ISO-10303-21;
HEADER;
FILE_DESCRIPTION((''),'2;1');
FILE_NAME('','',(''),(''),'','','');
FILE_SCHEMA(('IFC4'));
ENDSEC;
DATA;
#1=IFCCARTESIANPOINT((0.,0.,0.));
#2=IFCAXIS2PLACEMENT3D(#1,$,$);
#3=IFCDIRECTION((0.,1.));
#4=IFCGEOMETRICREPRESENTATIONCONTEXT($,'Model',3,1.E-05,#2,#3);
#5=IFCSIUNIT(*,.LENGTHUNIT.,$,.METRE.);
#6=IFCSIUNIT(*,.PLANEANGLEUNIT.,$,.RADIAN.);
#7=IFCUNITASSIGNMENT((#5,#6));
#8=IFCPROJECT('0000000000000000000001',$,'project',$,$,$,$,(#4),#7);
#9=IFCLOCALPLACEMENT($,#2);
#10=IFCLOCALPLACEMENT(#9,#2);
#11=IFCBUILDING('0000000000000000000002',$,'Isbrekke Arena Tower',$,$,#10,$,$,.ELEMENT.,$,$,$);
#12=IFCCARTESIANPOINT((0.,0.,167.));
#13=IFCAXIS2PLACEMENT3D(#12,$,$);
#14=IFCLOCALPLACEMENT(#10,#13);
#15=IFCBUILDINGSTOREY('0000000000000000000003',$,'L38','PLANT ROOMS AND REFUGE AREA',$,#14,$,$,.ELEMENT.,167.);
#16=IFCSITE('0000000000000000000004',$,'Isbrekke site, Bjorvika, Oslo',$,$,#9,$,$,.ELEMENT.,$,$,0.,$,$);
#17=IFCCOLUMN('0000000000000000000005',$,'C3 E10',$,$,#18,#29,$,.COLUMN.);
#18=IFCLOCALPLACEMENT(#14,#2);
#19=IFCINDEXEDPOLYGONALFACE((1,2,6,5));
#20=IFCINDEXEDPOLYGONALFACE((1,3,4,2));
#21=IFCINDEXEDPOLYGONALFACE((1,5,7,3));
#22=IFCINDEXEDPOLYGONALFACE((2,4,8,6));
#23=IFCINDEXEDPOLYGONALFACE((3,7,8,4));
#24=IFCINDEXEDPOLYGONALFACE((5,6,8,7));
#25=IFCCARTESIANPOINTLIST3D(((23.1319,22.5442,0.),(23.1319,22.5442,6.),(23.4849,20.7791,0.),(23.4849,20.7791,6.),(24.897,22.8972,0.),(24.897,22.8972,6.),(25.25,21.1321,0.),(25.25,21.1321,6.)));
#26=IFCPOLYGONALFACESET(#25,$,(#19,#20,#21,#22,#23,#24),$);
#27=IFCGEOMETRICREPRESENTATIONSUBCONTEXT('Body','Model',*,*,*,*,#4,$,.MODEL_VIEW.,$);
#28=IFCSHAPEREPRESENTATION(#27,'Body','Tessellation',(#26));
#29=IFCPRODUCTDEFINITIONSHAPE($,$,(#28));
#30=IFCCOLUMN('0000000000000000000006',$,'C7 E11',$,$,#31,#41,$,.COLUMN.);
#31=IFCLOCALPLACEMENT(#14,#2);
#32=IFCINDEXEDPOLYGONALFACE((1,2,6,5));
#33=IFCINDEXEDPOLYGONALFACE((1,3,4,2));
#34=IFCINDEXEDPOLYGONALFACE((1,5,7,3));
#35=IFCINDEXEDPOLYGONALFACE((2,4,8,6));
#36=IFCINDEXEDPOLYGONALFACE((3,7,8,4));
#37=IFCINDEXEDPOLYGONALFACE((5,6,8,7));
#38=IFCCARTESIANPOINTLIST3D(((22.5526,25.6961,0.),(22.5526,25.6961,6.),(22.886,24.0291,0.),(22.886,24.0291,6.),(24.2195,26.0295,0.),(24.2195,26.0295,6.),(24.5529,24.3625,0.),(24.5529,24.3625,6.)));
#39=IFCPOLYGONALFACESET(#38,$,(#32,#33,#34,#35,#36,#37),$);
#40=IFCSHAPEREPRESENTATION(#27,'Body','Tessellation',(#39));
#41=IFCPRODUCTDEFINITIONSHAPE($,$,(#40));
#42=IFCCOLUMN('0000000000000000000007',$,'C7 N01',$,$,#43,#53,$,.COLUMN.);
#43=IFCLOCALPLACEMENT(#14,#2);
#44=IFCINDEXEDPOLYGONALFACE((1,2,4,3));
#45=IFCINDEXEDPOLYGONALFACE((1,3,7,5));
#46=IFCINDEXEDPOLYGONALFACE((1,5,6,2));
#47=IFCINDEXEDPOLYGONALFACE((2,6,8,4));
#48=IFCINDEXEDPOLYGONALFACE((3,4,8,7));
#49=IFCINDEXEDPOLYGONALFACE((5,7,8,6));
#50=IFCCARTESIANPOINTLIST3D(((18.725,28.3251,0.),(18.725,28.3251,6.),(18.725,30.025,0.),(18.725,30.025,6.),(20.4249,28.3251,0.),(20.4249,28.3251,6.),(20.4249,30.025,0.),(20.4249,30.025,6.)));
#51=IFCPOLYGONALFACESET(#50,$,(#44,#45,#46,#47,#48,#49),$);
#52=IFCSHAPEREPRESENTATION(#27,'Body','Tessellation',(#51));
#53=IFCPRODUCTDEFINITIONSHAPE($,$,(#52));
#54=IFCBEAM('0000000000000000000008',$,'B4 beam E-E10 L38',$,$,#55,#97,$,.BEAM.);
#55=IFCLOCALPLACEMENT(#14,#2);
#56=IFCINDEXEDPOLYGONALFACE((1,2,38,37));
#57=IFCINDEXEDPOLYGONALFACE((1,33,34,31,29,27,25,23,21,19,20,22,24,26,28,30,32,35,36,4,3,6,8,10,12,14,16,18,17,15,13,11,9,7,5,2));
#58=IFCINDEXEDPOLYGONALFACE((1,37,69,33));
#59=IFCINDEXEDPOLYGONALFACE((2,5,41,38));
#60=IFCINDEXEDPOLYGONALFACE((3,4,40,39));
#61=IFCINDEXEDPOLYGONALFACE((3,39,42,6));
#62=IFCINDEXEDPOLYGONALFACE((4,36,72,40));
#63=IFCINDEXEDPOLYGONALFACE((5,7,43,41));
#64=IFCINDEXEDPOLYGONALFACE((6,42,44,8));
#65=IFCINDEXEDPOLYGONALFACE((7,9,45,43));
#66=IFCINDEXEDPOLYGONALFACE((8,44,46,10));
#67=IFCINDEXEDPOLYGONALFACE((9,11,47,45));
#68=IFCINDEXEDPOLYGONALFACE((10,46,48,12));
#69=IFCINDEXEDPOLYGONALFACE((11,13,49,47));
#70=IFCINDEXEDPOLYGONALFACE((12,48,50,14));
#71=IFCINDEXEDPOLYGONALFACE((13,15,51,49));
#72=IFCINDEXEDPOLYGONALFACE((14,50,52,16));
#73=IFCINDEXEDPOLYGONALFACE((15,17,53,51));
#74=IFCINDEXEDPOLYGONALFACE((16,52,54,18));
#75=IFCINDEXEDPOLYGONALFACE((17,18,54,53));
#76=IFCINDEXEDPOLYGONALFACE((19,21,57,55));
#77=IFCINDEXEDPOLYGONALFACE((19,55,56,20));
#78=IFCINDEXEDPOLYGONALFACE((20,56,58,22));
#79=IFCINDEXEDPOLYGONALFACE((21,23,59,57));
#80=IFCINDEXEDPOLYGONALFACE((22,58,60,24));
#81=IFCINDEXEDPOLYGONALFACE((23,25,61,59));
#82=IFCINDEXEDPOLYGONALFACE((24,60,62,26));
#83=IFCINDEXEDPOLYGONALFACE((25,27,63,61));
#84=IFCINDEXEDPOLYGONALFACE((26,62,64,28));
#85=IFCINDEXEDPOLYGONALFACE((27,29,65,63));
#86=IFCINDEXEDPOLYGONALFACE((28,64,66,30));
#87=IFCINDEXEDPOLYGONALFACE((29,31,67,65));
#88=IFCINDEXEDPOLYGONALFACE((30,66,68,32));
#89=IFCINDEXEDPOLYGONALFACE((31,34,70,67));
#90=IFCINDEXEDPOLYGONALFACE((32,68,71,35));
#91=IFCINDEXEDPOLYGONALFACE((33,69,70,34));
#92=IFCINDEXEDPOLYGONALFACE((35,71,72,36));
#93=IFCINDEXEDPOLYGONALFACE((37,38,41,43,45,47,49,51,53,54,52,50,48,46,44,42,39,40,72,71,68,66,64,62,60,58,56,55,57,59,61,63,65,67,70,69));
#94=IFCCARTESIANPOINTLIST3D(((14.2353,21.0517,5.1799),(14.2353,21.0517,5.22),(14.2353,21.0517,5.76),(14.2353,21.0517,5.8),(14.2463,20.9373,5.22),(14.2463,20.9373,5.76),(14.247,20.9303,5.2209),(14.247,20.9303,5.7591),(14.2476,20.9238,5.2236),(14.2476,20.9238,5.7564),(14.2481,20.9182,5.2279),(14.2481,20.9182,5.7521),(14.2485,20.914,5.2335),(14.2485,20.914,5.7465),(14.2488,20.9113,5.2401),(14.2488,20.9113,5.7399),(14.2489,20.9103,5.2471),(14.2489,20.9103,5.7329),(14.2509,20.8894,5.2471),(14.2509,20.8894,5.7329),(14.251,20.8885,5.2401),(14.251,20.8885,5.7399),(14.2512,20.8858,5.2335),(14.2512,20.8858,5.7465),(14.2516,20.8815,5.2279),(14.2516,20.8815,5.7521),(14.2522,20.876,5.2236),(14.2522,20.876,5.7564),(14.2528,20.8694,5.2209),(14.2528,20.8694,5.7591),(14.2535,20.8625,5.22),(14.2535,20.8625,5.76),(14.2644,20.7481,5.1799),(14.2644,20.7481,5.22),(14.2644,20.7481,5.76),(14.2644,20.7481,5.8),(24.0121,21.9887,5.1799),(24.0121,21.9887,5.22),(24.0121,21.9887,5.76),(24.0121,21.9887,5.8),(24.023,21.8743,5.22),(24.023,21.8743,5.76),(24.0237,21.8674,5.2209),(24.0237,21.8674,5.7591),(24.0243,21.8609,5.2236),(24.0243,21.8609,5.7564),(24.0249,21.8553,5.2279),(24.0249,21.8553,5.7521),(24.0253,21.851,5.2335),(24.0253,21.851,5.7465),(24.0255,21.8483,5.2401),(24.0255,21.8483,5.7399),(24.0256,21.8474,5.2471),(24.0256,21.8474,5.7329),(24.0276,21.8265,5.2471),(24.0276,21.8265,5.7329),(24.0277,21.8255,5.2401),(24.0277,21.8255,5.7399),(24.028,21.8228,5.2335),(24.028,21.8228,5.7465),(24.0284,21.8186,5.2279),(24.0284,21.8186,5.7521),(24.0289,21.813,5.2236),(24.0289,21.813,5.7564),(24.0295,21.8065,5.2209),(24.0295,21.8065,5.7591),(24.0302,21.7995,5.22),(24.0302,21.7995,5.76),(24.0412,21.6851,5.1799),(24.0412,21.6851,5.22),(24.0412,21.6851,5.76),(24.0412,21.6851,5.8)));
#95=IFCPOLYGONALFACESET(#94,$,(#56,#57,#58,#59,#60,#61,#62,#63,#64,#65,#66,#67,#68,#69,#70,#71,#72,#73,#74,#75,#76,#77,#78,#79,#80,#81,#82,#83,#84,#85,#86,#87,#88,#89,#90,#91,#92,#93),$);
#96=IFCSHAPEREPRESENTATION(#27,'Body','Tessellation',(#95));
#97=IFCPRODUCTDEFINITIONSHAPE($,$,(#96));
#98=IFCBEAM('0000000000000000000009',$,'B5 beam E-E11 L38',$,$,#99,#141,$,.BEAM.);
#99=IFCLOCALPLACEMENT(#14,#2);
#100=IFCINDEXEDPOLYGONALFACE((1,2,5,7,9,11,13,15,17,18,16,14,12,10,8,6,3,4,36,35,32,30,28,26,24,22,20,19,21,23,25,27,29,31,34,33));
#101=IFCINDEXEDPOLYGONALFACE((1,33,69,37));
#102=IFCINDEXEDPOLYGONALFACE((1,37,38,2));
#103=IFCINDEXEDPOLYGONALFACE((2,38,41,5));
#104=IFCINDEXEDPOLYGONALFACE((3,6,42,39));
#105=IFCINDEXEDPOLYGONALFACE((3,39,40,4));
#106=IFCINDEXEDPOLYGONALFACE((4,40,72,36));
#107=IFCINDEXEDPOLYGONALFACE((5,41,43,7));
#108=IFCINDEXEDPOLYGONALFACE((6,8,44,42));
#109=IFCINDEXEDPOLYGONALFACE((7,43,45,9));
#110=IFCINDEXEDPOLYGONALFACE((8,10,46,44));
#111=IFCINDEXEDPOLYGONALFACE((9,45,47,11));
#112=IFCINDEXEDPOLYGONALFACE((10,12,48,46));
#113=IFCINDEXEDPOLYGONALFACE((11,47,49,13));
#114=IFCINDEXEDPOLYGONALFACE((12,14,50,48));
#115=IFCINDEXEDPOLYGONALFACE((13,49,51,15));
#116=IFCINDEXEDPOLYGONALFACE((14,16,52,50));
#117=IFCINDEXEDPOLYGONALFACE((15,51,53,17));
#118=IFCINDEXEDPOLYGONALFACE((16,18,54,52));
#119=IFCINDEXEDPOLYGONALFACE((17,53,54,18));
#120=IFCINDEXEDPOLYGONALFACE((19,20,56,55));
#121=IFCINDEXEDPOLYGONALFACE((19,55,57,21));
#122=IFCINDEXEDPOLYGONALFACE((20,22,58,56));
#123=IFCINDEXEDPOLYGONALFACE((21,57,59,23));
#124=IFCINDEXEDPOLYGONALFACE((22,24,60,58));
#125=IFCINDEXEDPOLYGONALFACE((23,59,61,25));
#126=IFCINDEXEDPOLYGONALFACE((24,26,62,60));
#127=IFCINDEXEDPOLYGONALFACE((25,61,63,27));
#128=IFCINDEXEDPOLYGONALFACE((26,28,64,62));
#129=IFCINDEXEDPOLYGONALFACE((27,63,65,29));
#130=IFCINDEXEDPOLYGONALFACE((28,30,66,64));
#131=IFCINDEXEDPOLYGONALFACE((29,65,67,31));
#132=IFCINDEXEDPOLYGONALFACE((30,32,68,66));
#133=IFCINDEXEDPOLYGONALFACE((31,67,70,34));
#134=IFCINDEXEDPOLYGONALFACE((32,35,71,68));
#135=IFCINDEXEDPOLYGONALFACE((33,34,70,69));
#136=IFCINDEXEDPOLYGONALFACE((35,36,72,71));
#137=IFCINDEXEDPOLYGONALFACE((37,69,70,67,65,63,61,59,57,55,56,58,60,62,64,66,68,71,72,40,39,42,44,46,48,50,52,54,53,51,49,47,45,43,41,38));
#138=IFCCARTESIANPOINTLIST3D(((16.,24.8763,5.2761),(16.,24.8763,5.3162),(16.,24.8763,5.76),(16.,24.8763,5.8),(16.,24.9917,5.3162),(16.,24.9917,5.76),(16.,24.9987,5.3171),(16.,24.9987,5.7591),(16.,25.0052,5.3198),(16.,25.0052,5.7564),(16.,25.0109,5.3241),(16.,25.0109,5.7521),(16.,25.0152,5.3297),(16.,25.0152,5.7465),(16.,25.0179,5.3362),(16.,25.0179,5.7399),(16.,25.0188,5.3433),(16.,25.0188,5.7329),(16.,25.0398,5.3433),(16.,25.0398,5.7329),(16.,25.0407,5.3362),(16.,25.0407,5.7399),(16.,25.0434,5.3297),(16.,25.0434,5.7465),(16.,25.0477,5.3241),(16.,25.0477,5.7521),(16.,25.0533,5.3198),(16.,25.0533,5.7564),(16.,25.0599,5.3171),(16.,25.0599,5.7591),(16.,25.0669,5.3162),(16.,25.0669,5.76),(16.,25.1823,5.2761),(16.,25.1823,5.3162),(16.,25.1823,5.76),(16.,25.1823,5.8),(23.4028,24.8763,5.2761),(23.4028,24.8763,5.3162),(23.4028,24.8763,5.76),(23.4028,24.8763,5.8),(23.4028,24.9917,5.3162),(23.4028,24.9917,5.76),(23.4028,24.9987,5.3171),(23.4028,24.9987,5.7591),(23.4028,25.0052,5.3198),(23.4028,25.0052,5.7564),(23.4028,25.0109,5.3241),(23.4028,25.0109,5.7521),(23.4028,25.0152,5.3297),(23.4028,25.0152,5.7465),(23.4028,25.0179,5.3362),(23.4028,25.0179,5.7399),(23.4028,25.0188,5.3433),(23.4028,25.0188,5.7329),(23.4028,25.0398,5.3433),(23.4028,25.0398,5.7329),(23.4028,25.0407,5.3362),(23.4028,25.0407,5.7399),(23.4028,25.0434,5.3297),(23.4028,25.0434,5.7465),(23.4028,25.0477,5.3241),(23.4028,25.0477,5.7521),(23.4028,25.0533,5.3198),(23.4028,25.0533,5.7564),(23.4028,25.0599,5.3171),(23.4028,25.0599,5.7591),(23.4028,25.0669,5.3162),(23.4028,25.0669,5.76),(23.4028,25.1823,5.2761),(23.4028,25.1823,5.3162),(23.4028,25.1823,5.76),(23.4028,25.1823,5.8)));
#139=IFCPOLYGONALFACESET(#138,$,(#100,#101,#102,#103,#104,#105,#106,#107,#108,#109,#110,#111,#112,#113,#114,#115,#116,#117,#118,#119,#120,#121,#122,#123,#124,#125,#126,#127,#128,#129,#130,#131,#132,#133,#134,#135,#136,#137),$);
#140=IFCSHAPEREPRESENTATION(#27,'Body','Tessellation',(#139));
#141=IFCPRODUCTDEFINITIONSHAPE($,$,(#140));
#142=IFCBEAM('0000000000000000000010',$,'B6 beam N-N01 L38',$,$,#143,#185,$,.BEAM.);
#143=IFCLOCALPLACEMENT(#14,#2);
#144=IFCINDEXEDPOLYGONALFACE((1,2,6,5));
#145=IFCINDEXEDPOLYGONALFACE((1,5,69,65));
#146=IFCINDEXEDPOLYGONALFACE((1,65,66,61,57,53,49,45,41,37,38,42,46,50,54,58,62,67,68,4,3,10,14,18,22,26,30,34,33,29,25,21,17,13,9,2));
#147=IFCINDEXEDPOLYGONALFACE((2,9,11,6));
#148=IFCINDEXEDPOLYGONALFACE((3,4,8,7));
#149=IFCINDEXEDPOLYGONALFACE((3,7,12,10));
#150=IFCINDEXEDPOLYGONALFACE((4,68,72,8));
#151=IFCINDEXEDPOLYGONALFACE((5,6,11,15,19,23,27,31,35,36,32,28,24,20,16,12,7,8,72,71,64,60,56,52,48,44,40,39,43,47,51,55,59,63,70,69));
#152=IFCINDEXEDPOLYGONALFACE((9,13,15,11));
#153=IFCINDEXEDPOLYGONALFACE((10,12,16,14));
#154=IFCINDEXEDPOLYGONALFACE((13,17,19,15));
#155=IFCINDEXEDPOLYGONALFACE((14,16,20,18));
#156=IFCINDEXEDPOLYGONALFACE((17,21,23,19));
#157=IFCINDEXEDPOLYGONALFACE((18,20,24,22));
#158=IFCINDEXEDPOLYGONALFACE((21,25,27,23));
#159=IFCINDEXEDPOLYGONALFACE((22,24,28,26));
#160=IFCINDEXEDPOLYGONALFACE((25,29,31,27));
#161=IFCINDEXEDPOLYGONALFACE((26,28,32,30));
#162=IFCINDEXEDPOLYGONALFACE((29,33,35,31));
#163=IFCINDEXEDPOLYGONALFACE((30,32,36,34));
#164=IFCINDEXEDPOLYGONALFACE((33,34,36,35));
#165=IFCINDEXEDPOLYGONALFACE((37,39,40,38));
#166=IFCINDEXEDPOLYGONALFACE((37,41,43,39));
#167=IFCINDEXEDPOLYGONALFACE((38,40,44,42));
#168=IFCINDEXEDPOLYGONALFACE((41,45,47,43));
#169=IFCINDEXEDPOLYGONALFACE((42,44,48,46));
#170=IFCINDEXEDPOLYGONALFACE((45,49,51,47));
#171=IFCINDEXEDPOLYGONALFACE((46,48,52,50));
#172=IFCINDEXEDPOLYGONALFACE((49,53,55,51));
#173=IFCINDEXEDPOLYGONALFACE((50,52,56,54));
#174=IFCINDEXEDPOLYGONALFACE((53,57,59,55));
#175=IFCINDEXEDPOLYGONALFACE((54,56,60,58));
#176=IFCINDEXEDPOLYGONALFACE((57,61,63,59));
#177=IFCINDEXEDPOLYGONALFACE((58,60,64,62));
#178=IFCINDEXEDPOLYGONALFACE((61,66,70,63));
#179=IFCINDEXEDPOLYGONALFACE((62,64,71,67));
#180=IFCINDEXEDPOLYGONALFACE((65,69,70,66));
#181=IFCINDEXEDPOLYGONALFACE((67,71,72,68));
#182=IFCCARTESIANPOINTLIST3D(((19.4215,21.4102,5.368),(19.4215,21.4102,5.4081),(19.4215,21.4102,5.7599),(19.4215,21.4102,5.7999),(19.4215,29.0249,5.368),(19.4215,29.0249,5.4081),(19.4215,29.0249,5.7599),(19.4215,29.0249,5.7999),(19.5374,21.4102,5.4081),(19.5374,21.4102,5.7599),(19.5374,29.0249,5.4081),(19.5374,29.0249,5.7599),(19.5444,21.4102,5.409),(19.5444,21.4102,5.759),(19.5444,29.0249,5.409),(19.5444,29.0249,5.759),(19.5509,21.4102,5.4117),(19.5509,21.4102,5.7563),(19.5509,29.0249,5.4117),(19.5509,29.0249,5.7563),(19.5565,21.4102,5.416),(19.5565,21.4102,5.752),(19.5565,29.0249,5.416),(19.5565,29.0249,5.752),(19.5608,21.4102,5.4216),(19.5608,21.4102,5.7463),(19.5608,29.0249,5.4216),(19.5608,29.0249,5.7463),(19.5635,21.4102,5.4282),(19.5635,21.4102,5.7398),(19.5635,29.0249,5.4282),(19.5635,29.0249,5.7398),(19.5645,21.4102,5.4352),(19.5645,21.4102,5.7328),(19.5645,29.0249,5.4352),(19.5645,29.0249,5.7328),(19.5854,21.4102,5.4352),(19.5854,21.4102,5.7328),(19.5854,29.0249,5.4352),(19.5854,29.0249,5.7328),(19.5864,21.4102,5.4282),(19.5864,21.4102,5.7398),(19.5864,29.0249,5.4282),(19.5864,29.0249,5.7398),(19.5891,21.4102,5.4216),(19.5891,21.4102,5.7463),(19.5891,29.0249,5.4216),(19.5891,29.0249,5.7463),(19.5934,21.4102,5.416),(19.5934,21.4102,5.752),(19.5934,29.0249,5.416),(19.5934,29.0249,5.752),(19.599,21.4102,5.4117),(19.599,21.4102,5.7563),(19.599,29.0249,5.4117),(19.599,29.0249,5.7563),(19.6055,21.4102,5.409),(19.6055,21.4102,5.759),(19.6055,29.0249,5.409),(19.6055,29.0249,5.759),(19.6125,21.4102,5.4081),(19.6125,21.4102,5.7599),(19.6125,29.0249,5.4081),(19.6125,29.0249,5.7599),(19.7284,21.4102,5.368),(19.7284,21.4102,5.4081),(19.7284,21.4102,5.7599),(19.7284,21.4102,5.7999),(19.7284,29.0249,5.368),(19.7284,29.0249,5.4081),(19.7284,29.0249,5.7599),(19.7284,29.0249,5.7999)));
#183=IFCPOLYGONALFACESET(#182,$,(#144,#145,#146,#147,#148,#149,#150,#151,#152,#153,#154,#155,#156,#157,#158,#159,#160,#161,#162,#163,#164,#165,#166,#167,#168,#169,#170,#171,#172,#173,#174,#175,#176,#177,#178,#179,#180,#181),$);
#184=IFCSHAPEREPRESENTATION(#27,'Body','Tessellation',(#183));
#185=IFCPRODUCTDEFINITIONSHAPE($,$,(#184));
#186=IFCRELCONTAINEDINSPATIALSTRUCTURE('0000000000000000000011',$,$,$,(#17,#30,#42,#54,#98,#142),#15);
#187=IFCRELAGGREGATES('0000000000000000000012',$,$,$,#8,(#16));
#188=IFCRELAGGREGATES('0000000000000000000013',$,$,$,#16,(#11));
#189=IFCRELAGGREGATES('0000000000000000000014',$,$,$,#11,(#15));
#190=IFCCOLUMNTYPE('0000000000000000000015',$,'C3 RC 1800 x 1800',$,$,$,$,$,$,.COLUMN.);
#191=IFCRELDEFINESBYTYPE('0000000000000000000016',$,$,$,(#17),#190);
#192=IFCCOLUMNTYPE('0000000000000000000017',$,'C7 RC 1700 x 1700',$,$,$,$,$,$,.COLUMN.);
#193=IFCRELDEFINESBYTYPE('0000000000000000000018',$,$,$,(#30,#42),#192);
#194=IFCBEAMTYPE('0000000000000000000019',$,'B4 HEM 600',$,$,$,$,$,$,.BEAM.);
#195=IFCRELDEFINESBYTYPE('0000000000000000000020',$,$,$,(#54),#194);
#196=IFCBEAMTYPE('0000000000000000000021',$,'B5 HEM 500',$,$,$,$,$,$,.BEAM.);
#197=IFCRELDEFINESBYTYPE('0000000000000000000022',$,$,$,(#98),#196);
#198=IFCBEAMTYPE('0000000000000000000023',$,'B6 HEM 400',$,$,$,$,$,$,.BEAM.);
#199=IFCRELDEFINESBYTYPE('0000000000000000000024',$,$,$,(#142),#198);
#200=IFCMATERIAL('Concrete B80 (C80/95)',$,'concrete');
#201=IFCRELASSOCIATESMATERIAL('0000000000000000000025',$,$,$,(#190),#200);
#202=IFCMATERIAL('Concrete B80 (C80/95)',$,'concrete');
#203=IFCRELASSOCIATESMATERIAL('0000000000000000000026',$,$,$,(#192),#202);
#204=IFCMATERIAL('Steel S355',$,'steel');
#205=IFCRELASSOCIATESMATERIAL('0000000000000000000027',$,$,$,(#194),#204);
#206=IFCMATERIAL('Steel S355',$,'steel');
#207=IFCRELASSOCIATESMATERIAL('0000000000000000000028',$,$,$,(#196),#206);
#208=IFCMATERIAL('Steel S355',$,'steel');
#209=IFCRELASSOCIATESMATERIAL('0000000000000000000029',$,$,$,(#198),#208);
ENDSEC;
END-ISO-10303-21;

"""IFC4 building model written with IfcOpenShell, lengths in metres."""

from ifc_helpers import new_model, si_unit, direction, frame, origin, origin_2d, place, context, subcontext, project, spatial, rectangle, i_section, extrude, material, material_profile, profile_set, type_object, element, save


model = new_model("IFC4")

# Units and contexts
model_context = context("Model", 3, precision=1e-05, world=origin(), true_north=direction((0.0, 1.0)))
body_context = subcontext(model_context, "Body", "Model", "MODEL_VIEW")
ifc_project = project(units=[si_unit("LENGTHUNIT", "METRE"), si_unit("PLANEANGLEUNIT", "RADIAN")], contexts=[model_context])

# Site, building, storey
site_placement = place(None, origin())
site = spatial("IfcSite", under=ifc_project, at=site_placement, Name="Isbrekke site, Bjorvika, Oslo", CompositionType="ELEMENT", RefElevation=0.0)
building_placement = place(site_placement, origin())
building = spatial("IfcBuilding", under=site, at=building_placement, Name="Isbrekke Arena Tower", CompositionType="ELEMENT")
storey_placement = place(building_placement, frame((0.0, 0.0, 167.0)))
storey = spatial("IfcBuildingStorey", under=building, at=storey_placement, Name="L38", Description="PLANT ROOMS AND REFUGE AREA", CompositionType="ELEMENT", Elevation=167.0)

# Columns
ifc_material_1 = material(Name="Concrete B80 (C80/95)", Category="concrete")
ifc_material_profile_1 = material_profile(ifc_material_1, rectangle(XDim=1.8, YDim=1.8, at=origin_2d()), Name="RC 1800x1800")
ifc_profile_set_1 = profile_set([ifc_material_profile_1], Name="Concrete B80 (C80/95)")
column_type_1 = type_object("IfcColumnType", Name="C3 RC 1800 x 1800", PredefinedType="COLUMN", material=ifc_profile_set_1)
column_placement = place(storey_placement, frame((24.1909, 21.8381, 0.0), z_axis=(0.0, 0.0, 1.0), x_axis=(-0.196116, 0.980581, 0.0)))
element("IfcColumn", 1, at=column_placement, inside=storey, type_object=column_type_1, Name="C3 E10", PredefinedType="COLUMN", context=body_context, shape_type="SweptSolid", body=[
    extrude(rectangle(XDim=1.8, YDim=1.8, at=origin_2d()), origin(), (0.0, 0.0, 1.0), 6.0),
])
ifc_material_2 = material(Name="Concrete B80 (C80/95)", Category="concrete")
ifc_material_profile_2 = material_profile(ifc_material_2, rectangle(XDim=1.7, YDim=1.7, at=origin_2d()), Name="RC 1700x1700")
ifc_profile_set_2 = profile_set([ifc_material_profile_2], Name="Concrete B80 (C80/95)")
column_type_2 = type_object("IfcColumnType", Name="C7 RC 1700 x 1700", PredefinedType="COLUMN", material=ifc_profile_set_2)
for number, where, z_axis, x_axis, name in (
    (2, (23.5527, 25.0293, 0.0), (0.0, 0.0, 1.0), (-0.196116, 0.980581, 0.0), "C7 E11"),
    (3, (19.575, 29.175, 0.0), (0.0, 0.0, 1.0), (-1.0, 0.0, 0.0), "C7 N01"),
):
    element("IfcColumn", number, at=place(storey_placement, frame(where, z_axis=z_axis, x_axis=x_axis)), inside=storey, type_object=column_type_2, Name=name, PredefinedType="COLUMN", context=body_context, shape_type="SweptSolid", body=[
        extrude(rectangle(XDim=1.7, YDim=1.7, at=origin_2d()), origin(), (0.0, 0.0, 1.0), 6.0),
    ])

# Beams
ifc_material_3 = material(Name="Steel S355", Category="steel")
ifc_material_profile_3 = material_profile(ifc_material_3, i_section(OverallWidth=0.3049, OverallDepth=0.6201, WebThickness=0.021, FlangeThickness=0.04, FilletRadius=0.0271, at=origin_2d()), Name="HEM 600")
ifc_profile_set_3 = profile_set([ifc_material_profile_3], Name="Steel S355")
beam_type_1 = type_object("IfcBeamType", Name="B4 HEM 600", PredefinedType="BEAM", material=ifc_profile_set_3)
beam_1_placement = place(storey_placement, frame((24.0266, 21.8369, 5.49), z_axis=(-0.995439, -0.095405, 0.0), x_axis=(0.095405, -0.995439, 0.0)))
element("IfcBeam", 4, at=beam_1_placement, inside=storey, type_object=beam_type_1, Name="B4 beam E-E10 L38", PredefinedType="BEAM", context=body_context, shape_type="SweptSolid", body=[
    extrude(i_section(OverallWidth=0.3049, OverallDepth=0.6201, WebThickness=0.021, FlangeThickness=0.04, FilletRadius=0.0271, at=origin_2d()), origin(), (0.0, 0.0, 1.0), 9.8215),
])
ifc_material_4 = material(Name="Steel S355", Category="steel")
ifc_material_profile_4 = material_profile(ifc_material_4, i_section(OverallWidth=0.3059, OverallDepth=0.5239, WebThickness=0.021, FlangeThickness=0.04, FilletRadius=0.0271, at=origin_2d()), Name="HEM 500")
ifc_profile_set_4 = profile_set([ifc_material_profile_4], Name="Steel S355")
beam_type_2 = type_object("IfcBeamType", Name="B5 HEM 500", PredefinedType="BEAM", material=ifc_profile_set_4)
beam_2_placement = place(storey_placement, frame((23.4028, 25.0293, 5.5381), z_axis=(-1.0, 0.0, 0.0), x_axis=(0.0, -1.0, 0.0)))
element("IfcBeam", 5, at=beam_2_placement, inside=storey, type_object=beam_type_2, Name="B5 beam E-E11 L38", PredefinedType="BEAM", context=body_context, shape_type="SweptSolid", body=[
    extrude(i_section(OverallWidth=0.3059, OverallDepth=0.5239, WebThickness=0.021, FlangeThickness=0.04, FilletRadius=0.0271, at=origin_2d()), origin(), (0.0, 0.0, 1.0), 7.4028),
])
ifc_material_5 = material(Name="Steel S355", Category="steel")
ifc_material_profile_5 = material_profile(ifc_material_5, i_section(OverallWidth=0.3069, OverallDepth=0.4319, WebThickness=0.021, FlangeThickness=0.04, FilletRadius=0.0271, at=origin_2d()), Name="HEM 400")
ifc_profile_set_5 = profile_set([ifc_material_profile_5], Name="Steel S355")
beam_type_3 = type_object("IfcBeamType", Name="B6 HEM 400", PredefinedType="BEAM", material=ifc_profile_set_5)
beam_3_placement = place(storey_placement, frame((19.575, 29.0249, 5.584), z_axis=(0.0, -1.0, 0.0), x_axis=(1.0, 0.0, 0.0)))
element("IfcBeam", 6, at=beam_3_placement, inside=storey, type_object=beam_type_3, Name="B6 beam N-N01 L38", PredefinedType="BEAM", context=body_context, shape_type="SweptSolid", body=[
    extrude(i_section(OverallWidth=0.3069, OverallDepth=0.4319, WebThickness=0.021, FlangeThickness=0.04, FilletRadius=0.0271, at=origin_2d()), origin(), (0.0, 0.0, 1.0), 7.6147),
])

save(model, "model.ifc")
